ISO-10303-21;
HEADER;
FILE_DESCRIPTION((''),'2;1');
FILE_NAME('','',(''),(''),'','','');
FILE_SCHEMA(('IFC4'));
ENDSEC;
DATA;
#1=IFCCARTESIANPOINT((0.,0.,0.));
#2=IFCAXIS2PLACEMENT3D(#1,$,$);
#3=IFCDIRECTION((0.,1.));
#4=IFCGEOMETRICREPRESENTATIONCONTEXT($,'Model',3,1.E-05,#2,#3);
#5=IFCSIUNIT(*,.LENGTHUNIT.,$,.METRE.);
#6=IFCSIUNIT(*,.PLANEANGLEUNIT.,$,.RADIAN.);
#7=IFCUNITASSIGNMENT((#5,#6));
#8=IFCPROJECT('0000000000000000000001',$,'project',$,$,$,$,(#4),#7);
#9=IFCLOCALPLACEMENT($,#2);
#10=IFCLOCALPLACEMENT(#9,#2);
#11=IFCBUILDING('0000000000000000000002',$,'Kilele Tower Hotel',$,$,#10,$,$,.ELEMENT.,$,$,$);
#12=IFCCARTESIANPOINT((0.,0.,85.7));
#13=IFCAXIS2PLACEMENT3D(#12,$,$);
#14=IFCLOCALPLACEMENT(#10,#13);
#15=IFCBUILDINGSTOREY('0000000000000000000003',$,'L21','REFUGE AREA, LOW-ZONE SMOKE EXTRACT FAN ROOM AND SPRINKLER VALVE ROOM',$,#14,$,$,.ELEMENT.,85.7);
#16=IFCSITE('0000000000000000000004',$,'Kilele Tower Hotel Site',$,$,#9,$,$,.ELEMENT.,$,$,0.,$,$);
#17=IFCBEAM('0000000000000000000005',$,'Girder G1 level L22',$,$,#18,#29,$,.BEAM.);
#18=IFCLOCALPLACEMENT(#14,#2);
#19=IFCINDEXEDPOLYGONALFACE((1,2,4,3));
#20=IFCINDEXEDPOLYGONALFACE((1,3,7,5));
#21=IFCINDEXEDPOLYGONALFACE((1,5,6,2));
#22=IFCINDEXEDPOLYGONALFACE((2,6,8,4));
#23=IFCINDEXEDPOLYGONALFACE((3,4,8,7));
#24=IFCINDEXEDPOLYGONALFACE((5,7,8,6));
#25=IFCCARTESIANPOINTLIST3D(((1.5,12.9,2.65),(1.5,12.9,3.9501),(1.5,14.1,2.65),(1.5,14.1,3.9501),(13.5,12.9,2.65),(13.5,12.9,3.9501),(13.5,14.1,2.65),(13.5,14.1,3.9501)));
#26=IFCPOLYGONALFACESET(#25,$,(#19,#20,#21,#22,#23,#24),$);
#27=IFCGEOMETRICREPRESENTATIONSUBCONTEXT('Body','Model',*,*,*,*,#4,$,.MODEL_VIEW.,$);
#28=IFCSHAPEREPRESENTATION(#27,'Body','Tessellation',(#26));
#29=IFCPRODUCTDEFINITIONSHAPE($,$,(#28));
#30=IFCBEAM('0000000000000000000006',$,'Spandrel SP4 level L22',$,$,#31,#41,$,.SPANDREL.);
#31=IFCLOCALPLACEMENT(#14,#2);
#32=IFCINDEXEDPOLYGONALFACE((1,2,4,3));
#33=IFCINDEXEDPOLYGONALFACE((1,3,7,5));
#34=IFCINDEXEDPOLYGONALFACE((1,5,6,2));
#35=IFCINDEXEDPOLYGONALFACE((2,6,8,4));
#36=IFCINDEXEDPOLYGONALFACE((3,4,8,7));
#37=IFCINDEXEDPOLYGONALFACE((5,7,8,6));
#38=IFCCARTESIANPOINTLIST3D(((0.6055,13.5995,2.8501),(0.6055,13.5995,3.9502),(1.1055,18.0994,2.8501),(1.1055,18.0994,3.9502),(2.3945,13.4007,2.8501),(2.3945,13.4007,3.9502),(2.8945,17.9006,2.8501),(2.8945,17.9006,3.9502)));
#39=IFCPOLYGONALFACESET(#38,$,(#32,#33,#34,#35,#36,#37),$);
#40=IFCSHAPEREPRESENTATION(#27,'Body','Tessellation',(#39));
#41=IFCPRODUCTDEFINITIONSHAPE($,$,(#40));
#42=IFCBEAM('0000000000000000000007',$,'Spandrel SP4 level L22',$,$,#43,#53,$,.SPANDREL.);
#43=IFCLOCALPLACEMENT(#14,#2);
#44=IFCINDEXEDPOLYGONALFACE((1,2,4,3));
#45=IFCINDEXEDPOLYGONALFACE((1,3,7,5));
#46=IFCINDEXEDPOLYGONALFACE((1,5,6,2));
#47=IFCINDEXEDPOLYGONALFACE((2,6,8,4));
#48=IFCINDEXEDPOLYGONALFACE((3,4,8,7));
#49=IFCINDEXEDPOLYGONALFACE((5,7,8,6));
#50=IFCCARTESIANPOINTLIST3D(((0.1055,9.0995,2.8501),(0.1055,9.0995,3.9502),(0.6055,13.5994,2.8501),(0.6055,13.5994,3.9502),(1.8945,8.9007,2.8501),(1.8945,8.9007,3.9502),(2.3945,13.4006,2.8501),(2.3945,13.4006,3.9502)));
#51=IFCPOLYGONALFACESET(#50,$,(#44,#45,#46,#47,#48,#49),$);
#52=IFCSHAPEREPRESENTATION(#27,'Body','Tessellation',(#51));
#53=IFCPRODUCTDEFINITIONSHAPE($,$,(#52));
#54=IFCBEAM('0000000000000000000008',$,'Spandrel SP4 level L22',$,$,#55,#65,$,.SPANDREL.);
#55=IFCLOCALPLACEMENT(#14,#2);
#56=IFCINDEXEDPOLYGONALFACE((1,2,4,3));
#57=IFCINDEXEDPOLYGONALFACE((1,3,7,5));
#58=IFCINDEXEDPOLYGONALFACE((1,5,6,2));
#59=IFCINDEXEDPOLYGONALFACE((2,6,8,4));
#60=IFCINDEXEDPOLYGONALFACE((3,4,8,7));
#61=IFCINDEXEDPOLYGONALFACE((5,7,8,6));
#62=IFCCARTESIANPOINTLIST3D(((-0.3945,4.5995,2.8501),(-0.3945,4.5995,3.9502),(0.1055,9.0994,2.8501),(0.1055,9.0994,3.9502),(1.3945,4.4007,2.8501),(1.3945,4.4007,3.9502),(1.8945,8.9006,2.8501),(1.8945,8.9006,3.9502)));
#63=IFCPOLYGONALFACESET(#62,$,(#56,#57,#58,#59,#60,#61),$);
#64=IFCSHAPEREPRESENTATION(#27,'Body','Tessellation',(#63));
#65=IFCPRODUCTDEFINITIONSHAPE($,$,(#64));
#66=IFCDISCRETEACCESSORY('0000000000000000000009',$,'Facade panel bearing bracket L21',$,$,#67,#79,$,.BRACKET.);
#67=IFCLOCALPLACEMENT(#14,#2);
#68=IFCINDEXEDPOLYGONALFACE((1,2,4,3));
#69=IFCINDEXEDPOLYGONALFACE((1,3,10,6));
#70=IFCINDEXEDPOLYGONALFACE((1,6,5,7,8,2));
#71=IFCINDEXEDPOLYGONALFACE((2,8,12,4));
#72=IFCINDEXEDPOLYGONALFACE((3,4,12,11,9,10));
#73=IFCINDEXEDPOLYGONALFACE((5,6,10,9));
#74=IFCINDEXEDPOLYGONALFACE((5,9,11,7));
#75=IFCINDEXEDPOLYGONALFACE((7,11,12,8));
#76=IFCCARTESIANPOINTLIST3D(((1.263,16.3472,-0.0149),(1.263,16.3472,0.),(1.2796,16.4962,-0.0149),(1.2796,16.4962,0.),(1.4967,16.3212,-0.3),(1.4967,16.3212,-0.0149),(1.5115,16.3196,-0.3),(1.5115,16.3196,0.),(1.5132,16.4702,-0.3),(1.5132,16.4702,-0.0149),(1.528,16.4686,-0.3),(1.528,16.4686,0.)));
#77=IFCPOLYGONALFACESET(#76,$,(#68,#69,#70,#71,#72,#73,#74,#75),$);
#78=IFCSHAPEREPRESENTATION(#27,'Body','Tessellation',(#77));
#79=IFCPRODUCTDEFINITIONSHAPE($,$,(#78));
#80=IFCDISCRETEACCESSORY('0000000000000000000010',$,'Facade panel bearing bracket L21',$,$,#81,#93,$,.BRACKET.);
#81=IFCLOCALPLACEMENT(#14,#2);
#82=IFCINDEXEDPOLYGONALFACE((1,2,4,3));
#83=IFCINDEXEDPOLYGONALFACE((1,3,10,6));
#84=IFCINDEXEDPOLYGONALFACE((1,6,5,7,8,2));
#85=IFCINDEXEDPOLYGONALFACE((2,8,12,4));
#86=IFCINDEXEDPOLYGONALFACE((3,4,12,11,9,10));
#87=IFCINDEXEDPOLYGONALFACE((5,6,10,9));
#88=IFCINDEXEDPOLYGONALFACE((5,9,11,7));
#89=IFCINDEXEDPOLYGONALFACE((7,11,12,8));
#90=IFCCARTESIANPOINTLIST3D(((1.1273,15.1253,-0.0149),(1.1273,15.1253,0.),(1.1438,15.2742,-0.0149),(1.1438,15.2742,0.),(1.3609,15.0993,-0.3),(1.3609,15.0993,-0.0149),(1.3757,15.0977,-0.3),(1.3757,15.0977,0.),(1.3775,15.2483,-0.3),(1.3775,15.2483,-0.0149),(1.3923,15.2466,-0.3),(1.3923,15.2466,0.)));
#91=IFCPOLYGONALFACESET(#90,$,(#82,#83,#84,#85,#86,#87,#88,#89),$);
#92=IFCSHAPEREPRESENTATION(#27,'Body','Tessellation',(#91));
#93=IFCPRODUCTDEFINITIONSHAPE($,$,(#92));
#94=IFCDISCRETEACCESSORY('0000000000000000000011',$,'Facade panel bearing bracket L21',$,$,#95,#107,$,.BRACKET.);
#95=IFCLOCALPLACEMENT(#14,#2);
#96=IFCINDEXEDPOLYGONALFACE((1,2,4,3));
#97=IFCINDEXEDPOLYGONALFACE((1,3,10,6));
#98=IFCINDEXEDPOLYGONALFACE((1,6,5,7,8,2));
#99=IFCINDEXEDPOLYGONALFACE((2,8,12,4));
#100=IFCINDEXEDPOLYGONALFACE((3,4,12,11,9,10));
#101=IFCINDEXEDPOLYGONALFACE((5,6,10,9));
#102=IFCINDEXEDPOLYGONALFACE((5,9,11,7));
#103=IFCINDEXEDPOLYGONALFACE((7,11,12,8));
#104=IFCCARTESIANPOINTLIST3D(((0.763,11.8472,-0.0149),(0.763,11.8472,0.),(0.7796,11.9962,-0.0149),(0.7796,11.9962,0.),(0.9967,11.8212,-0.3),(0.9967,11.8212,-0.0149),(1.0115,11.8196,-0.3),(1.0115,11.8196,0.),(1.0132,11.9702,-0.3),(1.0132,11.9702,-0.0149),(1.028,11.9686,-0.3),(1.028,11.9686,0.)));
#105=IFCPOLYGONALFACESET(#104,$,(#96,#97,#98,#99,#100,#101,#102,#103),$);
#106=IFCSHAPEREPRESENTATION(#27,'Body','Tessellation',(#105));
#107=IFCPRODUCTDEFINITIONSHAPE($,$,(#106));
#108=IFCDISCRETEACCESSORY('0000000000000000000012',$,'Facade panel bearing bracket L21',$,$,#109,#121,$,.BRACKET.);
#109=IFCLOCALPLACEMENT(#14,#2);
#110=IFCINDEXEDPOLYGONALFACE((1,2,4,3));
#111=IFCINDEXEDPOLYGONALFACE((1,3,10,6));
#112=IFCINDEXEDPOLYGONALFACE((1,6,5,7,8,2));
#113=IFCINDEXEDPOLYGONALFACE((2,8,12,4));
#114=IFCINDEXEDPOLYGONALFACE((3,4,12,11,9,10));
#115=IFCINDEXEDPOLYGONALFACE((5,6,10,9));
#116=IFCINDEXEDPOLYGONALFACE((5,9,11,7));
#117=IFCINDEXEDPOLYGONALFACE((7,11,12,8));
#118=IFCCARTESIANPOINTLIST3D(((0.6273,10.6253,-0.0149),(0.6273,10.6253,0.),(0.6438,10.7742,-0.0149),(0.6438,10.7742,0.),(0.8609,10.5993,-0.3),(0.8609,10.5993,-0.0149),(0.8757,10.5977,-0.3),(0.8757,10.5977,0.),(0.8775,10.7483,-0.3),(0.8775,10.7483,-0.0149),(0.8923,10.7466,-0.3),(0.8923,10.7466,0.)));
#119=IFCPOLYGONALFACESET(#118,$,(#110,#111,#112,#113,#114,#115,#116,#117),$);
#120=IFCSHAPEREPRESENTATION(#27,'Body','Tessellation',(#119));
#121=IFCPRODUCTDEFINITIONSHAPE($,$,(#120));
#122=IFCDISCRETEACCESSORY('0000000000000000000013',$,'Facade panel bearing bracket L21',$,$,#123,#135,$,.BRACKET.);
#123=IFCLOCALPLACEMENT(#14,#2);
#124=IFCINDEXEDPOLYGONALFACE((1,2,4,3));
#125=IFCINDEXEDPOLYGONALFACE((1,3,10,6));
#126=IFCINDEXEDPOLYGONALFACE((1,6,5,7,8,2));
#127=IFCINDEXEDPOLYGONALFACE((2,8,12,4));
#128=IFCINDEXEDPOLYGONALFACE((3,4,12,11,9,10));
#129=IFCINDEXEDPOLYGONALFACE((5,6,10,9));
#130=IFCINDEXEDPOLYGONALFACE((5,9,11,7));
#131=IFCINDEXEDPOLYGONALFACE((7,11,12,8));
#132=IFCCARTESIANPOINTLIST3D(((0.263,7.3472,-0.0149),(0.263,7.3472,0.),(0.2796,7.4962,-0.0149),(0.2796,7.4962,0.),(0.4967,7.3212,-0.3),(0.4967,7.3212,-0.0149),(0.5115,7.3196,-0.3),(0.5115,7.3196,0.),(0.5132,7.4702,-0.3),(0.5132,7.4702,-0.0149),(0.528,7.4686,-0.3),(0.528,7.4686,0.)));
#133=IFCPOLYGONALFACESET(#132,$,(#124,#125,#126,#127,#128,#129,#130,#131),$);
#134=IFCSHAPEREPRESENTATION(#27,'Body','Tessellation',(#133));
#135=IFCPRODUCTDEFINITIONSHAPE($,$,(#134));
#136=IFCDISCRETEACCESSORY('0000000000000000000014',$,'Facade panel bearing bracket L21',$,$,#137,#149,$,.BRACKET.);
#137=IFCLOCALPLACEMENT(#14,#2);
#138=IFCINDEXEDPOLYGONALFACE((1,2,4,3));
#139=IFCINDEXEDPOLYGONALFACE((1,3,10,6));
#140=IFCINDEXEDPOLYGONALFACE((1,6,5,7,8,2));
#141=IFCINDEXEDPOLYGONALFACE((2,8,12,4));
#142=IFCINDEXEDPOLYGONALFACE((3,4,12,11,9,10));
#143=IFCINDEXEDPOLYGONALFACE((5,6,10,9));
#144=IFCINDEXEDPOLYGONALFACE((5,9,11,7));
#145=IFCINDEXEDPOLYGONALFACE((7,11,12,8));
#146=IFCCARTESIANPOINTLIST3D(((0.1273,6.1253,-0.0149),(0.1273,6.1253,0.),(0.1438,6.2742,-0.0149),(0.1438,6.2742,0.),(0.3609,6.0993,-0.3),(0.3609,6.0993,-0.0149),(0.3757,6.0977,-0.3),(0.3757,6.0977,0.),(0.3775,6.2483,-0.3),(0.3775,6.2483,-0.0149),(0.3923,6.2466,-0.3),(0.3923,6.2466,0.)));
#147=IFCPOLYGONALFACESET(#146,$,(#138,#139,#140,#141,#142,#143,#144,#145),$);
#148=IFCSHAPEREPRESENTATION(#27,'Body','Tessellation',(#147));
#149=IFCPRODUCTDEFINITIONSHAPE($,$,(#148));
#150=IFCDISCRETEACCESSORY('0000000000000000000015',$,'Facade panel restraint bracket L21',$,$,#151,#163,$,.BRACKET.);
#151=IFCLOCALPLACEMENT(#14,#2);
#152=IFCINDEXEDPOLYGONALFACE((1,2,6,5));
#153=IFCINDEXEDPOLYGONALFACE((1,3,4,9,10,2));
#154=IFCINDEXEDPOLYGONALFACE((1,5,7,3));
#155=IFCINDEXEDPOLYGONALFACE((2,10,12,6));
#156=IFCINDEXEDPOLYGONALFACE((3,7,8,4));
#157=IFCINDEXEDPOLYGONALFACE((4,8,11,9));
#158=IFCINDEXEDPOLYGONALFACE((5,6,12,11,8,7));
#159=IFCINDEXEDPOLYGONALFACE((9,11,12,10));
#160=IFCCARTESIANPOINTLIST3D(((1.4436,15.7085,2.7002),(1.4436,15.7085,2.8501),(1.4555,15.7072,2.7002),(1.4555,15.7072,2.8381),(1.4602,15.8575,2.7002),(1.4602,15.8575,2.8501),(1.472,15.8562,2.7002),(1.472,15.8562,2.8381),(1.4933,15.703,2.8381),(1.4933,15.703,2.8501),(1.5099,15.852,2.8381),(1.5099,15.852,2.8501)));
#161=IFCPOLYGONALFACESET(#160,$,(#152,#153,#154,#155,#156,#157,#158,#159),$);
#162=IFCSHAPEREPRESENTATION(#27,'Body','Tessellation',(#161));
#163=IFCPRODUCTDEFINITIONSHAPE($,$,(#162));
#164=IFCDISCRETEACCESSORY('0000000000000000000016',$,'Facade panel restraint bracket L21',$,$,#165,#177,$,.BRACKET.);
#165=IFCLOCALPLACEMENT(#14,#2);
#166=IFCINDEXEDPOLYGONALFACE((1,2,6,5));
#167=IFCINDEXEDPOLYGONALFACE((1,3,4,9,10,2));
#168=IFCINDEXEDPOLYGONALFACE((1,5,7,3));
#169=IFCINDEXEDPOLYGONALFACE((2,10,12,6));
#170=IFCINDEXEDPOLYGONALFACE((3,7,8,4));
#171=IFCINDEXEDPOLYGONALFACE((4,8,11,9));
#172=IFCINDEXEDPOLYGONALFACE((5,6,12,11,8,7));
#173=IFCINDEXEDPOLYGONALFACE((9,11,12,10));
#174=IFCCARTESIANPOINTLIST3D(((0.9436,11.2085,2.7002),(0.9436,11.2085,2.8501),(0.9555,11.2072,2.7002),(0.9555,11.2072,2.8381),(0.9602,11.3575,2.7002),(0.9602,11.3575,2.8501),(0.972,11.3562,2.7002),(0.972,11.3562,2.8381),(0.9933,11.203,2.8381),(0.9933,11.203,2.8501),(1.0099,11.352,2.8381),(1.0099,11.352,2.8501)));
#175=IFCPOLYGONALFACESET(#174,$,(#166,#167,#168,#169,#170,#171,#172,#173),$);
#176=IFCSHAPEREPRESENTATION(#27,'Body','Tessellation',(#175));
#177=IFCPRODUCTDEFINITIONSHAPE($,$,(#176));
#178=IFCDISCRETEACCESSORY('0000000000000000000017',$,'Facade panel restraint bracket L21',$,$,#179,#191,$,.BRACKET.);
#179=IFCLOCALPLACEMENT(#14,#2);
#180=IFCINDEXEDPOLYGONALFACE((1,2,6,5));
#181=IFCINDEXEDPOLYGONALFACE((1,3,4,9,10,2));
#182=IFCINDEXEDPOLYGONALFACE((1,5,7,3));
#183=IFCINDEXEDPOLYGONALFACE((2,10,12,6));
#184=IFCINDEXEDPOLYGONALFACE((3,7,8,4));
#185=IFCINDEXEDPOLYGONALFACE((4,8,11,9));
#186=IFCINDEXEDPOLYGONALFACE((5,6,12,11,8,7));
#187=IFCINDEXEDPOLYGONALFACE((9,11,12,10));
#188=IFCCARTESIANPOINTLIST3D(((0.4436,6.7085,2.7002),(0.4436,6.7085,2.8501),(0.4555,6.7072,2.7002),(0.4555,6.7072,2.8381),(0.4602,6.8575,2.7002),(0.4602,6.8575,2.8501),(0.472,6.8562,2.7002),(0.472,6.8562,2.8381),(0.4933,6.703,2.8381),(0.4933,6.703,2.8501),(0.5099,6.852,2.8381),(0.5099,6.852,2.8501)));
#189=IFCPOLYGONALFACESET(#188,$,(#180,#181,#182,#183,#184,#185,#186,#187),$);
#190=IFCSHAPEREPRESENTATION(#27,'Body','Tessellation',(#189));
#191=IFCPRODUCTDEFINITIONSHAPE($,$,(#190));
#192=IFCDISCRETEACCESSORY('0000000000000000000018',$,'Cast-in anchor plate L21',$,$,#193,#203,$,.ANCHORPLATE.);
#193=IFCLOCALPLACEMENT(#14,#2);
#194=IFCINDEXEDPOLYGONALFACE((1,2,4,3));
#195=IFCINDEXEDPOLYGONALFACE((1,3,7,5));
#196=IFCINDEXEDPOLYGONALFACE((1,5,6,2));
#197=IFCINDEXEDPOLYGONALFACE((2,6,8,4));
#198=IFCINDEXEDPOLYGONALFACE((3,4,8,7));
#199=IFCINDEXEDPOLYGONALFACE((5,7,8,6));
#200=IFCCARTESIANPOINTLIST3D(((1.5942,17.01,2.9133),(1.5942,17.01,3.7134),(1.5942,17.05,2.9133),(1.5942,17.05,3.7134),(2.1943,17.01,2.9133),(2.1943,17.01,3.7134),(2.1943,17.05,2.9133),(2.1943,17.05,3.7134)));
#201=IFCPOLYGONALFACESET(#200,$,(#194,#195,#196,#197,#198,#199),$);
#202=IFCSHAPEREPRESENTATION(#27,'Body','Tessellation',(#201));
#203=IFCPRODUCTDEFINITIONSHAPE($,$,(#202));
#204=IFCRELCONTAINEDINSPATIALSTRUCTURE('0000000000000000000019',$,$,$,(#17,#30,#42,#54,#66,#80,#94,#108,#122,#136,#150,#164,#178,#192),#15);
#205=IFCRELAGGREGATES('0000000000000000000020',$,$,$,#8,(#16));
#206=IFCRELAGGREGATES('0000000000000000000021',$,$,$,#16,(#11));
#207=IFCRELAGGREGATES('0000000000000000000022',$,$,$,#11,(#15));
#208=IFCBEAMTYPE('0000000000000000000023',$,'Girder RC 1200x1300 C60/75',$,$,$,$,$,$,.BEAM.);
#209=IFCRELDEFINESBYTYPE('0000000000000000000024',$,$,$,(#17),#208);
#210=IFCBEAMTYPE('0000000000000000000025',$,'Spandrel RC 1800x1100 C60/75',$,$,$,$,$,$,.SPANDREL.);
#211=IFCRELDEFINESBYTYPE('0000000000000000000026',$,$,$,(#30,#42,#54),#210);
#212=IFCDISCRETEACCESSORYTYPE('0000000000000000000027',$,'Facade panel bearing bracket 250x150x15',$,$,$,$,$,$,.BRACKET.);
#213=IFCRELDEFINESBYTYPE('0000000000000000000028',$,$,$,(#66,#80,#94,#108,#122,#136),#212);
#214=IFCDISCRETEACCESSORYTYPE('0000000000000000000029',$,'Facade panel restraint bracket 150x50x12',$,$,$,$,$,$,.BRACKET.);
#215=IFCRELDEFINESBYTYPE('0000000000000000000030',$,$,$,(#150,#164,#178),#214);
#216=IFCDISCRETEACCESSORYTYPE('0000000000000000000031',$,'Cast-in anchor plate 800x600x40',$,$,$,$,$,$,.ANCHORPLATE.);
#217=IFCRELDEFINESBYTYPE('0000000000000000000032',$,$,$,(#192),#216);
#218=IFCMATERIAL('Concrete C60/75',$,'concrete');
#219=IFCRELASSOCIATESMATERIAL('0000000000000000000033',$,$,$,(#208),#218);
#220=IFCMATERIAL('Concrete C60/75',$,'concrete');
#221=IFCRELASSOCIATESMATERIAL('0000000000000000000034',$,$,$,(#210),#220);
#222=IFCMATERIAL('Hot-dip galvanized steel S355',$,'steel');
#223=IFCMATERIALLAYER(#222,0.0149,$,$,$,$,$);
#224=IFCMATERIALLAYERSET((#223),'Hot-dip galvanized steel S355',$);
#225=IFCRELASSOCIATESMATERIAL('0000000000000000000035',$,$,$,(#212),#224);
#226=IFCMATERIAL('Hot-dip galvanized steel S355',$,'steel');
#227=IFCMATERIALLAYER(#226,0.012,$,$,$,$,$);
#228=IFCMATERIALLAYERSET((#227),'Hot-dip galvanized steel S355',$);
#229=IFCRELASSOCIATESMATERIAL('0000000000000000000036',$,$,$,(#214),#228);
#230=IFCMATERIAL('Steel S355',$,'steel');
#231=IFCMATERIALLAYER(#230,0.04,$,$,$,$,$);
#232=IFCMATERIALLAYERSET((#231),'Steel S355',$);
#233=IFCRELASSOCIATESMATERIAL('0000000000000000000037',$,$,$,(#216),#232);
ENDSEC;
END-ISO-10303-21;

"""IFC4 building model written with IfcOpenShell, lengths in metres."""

from ifc_helpers import new_model, si_unit, direction, frame, origin, origin_2d, place, context, subcontext, project, spatial, polyline, rectangle, outline, extrude, source, transform, mapped, material, layer, layer_set, material_profile, profile_set, type_object, element, save


model = new_model("IFC4")

# Units and contexts
model_context = context("Model", 3, precision=1e-05, world=origin(), true_north=direction((0.0, 1.0)))
body_context = subcontext(model_context, "Body", "Model", "MODEL_VIEW")
ifc_project = project(units=[si_unit("LENGTHUNIT", "METRE"), si_unit("PLANEANGLEUNIT", "RADIAN")], contexts=[model_context])

# Site, building, storey
site_placement = place(None, origin())
site = spatial("IfcSite", under=ifc_project, at=site_placement, Name="Kilele Tower Hotel Site", CompositionType="ELEMENT", RefElevation=0.0)
building_placement = place(site_placement, origin())
building = spatial("IfcBuilding", under=site, at=building_placement, Name="Kilele Tower Hotel", CompositionType="ELEMENT")
storey_placement = place(building_placement, frame((0.0, 0.0, 85.7)))
storey = spatial("IfcBuildingStorey", under=building, at=storey_placement, Name="L21", Description="REFUGE AREA, LOW-ZONE SMOKE EXTRACT FAN ROOM AND SPRINKLER VALVE ROOM", CompositionType="ELEMENT", Elevation=85.7)

# Beams
ifc_material_1 = material(Name="Concrete C60/75", Category="concrete")
ifc_material_profile_1 = material_profile(ifc_material_1, rectangle(XDim=1.2, YDim=1.3, at=origin_2d()))
ifc_profile_set_1 = profile_set([ifc_material_profile_1], Name="Concrete C60/75")
beam_type_1 = type_object("IfcBeamType", Name="Girder RC 1200x1300 C60/75", PredefinedType="BEAM", material=ifc_profile_set_1)
beam_1_placement = place(storey_placement, frame((1.5, 13.5, 3.3), z_axis=(1.0, 0.0, 0.0), x_axis=(0.0, 1.0, 0.0)))
element("IfcBeam", 1, at=beam_1_placement, inside=storey, type_object=beam_type_1, Name="Girder G1 level L22", PredefinedType="BEAM", context=body_context, shape_type="SweptSolid", body=[
    extrude(rectangle(XDim=1.2, YDim=1.3, at=origin_2d()), origin(), (0.0, 0.0, 1.0), 12.0),
])
ifc_material_2 = material(Name="Concrete C60/75", Category="concrete")
ifc_material_profile_2 = material_profile(ifc_material_2, rectangle(XDim=1.8, YDim=1.1001, at=origin_2d()))
ifc_profile_set_2 = profile_set([ifc_material_profile_2], Name="Concrete C60/75")
beam_type_2 = type_object("IfcBeamType", Name="Spandrel RC 1800x1100 C60/75", PredefinedType="SPANDREL", material=ifc_profile_set_2)
for number, where, z_axis, x_axis, name in (
    (2, (2.0, 18.0, 3.4001), (-0.110432, -0.993884, 0.0), (0.993884, -0.110432, 0.0), "Spandrel SP4 level L22"),
    (3, (1.5, 13.5, 3.4001), (-0.110432, -0.993884, 0.0), (0.993884, -0.110432, 0.0), "Spandrel SP4 level L22"),
    (4, (1.0, 9.0, 3.4001), (-0.110432, -0.993884, 0.0), (0.993884, -0.110432, 0.0), "Spandrel SP4 level L22"),
):
    element("IfcBeam", number, at=place(storey_placement, frame(where, z_axis=z_axis, x_axis=x_axis)), inside=storey, type_object=beam_type_2, Name=name, PredefinedType="SPANDREL", context=body_context, shape_type="SweptSolid", body=[
        extrude(rectangle(XDim=1.8, YDim=1.1001, at=origin_2d()), origin(), (0.0, 0.0, 1.0), 4.5276),
    ])

# Discrete accessories
ifc_material_3 = material(Name="Hot-dip galvanized steel S355", Category="steel")
ifc_layer_1 = layer(ifc_material_3, 0.0149)
ifc_layer_set_1 = layer_set([ifc_layer_1], Name="Hot-dip galvanized steel S355")
discrete_accessory_type_1 = type_object("IfcDiscreteAccessoryType", Name="Facade panel bearing bracket 250x150x15", PredefinedType="BRACKET", material=ifc_layer_set_1)
shared_shape_1 = source(origin(), body_context, "Body", "SweptSolid", [
    extrude(outline(polyline([(0.0, 0.0), (0.25, 0.0), (0.25, -0.0149), (0.0149, -0.0149), (0.0149, -0.3), (0.0, -0.3), (0.0, 0.0)])), origin(), (0.0, 0.0, 1.0), 0.1499),
])
for number, where, z_axis, x_axis, name in (
    (5, (1.5115, 16.3196, 0.0), (0.110432, 0.993884, 0.0), (-0.993884, 0.110432, 0.0), "Facade panel bearing bracket L21"),
    (6, (1.3757, 15.0977, 0.0), (0.110432, 0.993884, 0.0), (-0.993884, 0.110432, 0.0), "Facade panel bearing bracket L21"),
    (7, (1.0115, 11.8196, 0.0), (0.110432, 0.993884, 0.0), (-0.993884, 0.110432, 0.0), "Facade panel bearing bracket L21"),
    (8, (0.8757, 10.5977, 0.0), (0.110432, 0.993884, 0.0), (-0.993884, 0.110432, 0.0), "Facade panel bearing bracket L21"),
    (9, (0.5115, 7.3196, 0.0), (0.110432, 0.993884, 0.0), (-0.993884, 0.110432, 0.0), "Facade panel bearing bracket L21"),
    (10, (0.3757, 6.0977, 0.0), (0.110432, 0.993884, 0.0), (-0.993884, 0.110432, 0.0), "Facade panel bearing bracket L21"),
):
    element("IfcDiscreteAccessory", number, at=place(storey_placement, frame(where, z_axis=z_axis, x_axis=x_axis)), inside=storey, type_object=discrete_accessory_type_1, Name=name, PredefinedType="BRACKET", context=body_context, shape_type="MappedRepresentation", body=[
        mapped(shared_shape_1, transform((0.0, 0.0, 0.0))),
    ])
ifc_material_4 = material(Name="Hot-dip galvanized steel S355", Category="steel")
ifc_layer_2 = layer(ifc_material_4, 0.012)
ifc_layer_set_2 = layer_set([ifc_layer_2], Name="Hot-dip galvanized steel S355")
discrete_accessory_type_2 = type_object("IfcDiscreteAccessoryType", Name="Facade panel restraint bracket 150x50x12", PredefinedType="BRACKET", material=ifc_layer_set_2)
shared_shape_2 = source(origin(), body_context, "Body", "SweptSolid", [
    extrude(outline(polyline([(0.0, 0.0), (0.0, -0.1499), (-0.012, -0.1499), (-0.012, -0.012), (-0.05, -0.012), (-0.05, 0.0), (0.0, 0.0)])), origin(), (0.0, 0.0, 1.0), 0.1499),
])
for number, where, z_axis, x_axis, name in (
    (11, (1.4436, 15.7085, 2.8501), (0.110432, 0.993884, 0.0), (-0.993884, 0.110432, 0.0), "Facade panel restraint bracket L21"),
    (12, (0.9436, 11.2085, 2.8501), (0.110432, 0.993884, 0.0), (-0.993884, 0.110432, 0.0), "Facade panel restraint bracket L21"),
    (13, (0.4436, 6.7085, 2.8501), (0.110432, 0.993884, 0.0), (-0.993884, 0.110432, 0.0), "Facade panel restraint bracket L21"),
):
    element("IfcDiscreteAccessory", number, at=place(storey_placement, frame(where, z_axis=z_axis, x_axis=x_axis)), inside=storey, type_object=discrete_accessory_type_2, Name=name, PredefinedType="BRACKET", context=body_context, shape_type="MappedRepresentation", body=[
        mapped(shared_shape_2, transform((0.0, 0.0, 0.0))),
    ])
ifc_material_5 = material(Name="Steel S355", Category="steel")
ifc_layer_3 = layer(ifc_material_5, 0.04)
ifc_layer_set_3 = layer_set([ifc_layer_3], Name="Steel S355")
discrete_accessory_type_3 = type_object("IfcDiscreteAccessoryType", Name="Cast-in anchor plate 800x600x40", PredefinedType="ANCHORPLATE", material=ifc_layer_set_3)
shared_shape_3 = source(origin(), body_context, "Body", "SweptSolid", [
    extrude(outline(polyline([(0.0, 0.0), (0.04, 0.0), (0.04, 0.8), (0.0, 0.8), (0.0, 0.0)])), origin(), (0.0, 0.0, 1.0), 0.6001),
])
for number, where, z_axis, x_axis, name in (
    (14, (2.1943, 17.05, 2.9133), (-1.0, 0.0, 0.0), (0.0, -1.0, 0.0), "Cast-in anchor plate L21"),
):
    element("IfcDiscreteAccessory", number, at=place(storey_placement, frame(where, z_axis=z_axis, x_axis=x_axis)), inside=storey, type_object=discrete_accessory_type_3, Name=name, PredefinedType="ANCHORPLATE", context=body_context, shape_type="MappedRepresentation", body=[
        mapped(shared_shape_3, transform((0.0, 0.0, 0.0))),
    ])

save(model, "model.ifc")
